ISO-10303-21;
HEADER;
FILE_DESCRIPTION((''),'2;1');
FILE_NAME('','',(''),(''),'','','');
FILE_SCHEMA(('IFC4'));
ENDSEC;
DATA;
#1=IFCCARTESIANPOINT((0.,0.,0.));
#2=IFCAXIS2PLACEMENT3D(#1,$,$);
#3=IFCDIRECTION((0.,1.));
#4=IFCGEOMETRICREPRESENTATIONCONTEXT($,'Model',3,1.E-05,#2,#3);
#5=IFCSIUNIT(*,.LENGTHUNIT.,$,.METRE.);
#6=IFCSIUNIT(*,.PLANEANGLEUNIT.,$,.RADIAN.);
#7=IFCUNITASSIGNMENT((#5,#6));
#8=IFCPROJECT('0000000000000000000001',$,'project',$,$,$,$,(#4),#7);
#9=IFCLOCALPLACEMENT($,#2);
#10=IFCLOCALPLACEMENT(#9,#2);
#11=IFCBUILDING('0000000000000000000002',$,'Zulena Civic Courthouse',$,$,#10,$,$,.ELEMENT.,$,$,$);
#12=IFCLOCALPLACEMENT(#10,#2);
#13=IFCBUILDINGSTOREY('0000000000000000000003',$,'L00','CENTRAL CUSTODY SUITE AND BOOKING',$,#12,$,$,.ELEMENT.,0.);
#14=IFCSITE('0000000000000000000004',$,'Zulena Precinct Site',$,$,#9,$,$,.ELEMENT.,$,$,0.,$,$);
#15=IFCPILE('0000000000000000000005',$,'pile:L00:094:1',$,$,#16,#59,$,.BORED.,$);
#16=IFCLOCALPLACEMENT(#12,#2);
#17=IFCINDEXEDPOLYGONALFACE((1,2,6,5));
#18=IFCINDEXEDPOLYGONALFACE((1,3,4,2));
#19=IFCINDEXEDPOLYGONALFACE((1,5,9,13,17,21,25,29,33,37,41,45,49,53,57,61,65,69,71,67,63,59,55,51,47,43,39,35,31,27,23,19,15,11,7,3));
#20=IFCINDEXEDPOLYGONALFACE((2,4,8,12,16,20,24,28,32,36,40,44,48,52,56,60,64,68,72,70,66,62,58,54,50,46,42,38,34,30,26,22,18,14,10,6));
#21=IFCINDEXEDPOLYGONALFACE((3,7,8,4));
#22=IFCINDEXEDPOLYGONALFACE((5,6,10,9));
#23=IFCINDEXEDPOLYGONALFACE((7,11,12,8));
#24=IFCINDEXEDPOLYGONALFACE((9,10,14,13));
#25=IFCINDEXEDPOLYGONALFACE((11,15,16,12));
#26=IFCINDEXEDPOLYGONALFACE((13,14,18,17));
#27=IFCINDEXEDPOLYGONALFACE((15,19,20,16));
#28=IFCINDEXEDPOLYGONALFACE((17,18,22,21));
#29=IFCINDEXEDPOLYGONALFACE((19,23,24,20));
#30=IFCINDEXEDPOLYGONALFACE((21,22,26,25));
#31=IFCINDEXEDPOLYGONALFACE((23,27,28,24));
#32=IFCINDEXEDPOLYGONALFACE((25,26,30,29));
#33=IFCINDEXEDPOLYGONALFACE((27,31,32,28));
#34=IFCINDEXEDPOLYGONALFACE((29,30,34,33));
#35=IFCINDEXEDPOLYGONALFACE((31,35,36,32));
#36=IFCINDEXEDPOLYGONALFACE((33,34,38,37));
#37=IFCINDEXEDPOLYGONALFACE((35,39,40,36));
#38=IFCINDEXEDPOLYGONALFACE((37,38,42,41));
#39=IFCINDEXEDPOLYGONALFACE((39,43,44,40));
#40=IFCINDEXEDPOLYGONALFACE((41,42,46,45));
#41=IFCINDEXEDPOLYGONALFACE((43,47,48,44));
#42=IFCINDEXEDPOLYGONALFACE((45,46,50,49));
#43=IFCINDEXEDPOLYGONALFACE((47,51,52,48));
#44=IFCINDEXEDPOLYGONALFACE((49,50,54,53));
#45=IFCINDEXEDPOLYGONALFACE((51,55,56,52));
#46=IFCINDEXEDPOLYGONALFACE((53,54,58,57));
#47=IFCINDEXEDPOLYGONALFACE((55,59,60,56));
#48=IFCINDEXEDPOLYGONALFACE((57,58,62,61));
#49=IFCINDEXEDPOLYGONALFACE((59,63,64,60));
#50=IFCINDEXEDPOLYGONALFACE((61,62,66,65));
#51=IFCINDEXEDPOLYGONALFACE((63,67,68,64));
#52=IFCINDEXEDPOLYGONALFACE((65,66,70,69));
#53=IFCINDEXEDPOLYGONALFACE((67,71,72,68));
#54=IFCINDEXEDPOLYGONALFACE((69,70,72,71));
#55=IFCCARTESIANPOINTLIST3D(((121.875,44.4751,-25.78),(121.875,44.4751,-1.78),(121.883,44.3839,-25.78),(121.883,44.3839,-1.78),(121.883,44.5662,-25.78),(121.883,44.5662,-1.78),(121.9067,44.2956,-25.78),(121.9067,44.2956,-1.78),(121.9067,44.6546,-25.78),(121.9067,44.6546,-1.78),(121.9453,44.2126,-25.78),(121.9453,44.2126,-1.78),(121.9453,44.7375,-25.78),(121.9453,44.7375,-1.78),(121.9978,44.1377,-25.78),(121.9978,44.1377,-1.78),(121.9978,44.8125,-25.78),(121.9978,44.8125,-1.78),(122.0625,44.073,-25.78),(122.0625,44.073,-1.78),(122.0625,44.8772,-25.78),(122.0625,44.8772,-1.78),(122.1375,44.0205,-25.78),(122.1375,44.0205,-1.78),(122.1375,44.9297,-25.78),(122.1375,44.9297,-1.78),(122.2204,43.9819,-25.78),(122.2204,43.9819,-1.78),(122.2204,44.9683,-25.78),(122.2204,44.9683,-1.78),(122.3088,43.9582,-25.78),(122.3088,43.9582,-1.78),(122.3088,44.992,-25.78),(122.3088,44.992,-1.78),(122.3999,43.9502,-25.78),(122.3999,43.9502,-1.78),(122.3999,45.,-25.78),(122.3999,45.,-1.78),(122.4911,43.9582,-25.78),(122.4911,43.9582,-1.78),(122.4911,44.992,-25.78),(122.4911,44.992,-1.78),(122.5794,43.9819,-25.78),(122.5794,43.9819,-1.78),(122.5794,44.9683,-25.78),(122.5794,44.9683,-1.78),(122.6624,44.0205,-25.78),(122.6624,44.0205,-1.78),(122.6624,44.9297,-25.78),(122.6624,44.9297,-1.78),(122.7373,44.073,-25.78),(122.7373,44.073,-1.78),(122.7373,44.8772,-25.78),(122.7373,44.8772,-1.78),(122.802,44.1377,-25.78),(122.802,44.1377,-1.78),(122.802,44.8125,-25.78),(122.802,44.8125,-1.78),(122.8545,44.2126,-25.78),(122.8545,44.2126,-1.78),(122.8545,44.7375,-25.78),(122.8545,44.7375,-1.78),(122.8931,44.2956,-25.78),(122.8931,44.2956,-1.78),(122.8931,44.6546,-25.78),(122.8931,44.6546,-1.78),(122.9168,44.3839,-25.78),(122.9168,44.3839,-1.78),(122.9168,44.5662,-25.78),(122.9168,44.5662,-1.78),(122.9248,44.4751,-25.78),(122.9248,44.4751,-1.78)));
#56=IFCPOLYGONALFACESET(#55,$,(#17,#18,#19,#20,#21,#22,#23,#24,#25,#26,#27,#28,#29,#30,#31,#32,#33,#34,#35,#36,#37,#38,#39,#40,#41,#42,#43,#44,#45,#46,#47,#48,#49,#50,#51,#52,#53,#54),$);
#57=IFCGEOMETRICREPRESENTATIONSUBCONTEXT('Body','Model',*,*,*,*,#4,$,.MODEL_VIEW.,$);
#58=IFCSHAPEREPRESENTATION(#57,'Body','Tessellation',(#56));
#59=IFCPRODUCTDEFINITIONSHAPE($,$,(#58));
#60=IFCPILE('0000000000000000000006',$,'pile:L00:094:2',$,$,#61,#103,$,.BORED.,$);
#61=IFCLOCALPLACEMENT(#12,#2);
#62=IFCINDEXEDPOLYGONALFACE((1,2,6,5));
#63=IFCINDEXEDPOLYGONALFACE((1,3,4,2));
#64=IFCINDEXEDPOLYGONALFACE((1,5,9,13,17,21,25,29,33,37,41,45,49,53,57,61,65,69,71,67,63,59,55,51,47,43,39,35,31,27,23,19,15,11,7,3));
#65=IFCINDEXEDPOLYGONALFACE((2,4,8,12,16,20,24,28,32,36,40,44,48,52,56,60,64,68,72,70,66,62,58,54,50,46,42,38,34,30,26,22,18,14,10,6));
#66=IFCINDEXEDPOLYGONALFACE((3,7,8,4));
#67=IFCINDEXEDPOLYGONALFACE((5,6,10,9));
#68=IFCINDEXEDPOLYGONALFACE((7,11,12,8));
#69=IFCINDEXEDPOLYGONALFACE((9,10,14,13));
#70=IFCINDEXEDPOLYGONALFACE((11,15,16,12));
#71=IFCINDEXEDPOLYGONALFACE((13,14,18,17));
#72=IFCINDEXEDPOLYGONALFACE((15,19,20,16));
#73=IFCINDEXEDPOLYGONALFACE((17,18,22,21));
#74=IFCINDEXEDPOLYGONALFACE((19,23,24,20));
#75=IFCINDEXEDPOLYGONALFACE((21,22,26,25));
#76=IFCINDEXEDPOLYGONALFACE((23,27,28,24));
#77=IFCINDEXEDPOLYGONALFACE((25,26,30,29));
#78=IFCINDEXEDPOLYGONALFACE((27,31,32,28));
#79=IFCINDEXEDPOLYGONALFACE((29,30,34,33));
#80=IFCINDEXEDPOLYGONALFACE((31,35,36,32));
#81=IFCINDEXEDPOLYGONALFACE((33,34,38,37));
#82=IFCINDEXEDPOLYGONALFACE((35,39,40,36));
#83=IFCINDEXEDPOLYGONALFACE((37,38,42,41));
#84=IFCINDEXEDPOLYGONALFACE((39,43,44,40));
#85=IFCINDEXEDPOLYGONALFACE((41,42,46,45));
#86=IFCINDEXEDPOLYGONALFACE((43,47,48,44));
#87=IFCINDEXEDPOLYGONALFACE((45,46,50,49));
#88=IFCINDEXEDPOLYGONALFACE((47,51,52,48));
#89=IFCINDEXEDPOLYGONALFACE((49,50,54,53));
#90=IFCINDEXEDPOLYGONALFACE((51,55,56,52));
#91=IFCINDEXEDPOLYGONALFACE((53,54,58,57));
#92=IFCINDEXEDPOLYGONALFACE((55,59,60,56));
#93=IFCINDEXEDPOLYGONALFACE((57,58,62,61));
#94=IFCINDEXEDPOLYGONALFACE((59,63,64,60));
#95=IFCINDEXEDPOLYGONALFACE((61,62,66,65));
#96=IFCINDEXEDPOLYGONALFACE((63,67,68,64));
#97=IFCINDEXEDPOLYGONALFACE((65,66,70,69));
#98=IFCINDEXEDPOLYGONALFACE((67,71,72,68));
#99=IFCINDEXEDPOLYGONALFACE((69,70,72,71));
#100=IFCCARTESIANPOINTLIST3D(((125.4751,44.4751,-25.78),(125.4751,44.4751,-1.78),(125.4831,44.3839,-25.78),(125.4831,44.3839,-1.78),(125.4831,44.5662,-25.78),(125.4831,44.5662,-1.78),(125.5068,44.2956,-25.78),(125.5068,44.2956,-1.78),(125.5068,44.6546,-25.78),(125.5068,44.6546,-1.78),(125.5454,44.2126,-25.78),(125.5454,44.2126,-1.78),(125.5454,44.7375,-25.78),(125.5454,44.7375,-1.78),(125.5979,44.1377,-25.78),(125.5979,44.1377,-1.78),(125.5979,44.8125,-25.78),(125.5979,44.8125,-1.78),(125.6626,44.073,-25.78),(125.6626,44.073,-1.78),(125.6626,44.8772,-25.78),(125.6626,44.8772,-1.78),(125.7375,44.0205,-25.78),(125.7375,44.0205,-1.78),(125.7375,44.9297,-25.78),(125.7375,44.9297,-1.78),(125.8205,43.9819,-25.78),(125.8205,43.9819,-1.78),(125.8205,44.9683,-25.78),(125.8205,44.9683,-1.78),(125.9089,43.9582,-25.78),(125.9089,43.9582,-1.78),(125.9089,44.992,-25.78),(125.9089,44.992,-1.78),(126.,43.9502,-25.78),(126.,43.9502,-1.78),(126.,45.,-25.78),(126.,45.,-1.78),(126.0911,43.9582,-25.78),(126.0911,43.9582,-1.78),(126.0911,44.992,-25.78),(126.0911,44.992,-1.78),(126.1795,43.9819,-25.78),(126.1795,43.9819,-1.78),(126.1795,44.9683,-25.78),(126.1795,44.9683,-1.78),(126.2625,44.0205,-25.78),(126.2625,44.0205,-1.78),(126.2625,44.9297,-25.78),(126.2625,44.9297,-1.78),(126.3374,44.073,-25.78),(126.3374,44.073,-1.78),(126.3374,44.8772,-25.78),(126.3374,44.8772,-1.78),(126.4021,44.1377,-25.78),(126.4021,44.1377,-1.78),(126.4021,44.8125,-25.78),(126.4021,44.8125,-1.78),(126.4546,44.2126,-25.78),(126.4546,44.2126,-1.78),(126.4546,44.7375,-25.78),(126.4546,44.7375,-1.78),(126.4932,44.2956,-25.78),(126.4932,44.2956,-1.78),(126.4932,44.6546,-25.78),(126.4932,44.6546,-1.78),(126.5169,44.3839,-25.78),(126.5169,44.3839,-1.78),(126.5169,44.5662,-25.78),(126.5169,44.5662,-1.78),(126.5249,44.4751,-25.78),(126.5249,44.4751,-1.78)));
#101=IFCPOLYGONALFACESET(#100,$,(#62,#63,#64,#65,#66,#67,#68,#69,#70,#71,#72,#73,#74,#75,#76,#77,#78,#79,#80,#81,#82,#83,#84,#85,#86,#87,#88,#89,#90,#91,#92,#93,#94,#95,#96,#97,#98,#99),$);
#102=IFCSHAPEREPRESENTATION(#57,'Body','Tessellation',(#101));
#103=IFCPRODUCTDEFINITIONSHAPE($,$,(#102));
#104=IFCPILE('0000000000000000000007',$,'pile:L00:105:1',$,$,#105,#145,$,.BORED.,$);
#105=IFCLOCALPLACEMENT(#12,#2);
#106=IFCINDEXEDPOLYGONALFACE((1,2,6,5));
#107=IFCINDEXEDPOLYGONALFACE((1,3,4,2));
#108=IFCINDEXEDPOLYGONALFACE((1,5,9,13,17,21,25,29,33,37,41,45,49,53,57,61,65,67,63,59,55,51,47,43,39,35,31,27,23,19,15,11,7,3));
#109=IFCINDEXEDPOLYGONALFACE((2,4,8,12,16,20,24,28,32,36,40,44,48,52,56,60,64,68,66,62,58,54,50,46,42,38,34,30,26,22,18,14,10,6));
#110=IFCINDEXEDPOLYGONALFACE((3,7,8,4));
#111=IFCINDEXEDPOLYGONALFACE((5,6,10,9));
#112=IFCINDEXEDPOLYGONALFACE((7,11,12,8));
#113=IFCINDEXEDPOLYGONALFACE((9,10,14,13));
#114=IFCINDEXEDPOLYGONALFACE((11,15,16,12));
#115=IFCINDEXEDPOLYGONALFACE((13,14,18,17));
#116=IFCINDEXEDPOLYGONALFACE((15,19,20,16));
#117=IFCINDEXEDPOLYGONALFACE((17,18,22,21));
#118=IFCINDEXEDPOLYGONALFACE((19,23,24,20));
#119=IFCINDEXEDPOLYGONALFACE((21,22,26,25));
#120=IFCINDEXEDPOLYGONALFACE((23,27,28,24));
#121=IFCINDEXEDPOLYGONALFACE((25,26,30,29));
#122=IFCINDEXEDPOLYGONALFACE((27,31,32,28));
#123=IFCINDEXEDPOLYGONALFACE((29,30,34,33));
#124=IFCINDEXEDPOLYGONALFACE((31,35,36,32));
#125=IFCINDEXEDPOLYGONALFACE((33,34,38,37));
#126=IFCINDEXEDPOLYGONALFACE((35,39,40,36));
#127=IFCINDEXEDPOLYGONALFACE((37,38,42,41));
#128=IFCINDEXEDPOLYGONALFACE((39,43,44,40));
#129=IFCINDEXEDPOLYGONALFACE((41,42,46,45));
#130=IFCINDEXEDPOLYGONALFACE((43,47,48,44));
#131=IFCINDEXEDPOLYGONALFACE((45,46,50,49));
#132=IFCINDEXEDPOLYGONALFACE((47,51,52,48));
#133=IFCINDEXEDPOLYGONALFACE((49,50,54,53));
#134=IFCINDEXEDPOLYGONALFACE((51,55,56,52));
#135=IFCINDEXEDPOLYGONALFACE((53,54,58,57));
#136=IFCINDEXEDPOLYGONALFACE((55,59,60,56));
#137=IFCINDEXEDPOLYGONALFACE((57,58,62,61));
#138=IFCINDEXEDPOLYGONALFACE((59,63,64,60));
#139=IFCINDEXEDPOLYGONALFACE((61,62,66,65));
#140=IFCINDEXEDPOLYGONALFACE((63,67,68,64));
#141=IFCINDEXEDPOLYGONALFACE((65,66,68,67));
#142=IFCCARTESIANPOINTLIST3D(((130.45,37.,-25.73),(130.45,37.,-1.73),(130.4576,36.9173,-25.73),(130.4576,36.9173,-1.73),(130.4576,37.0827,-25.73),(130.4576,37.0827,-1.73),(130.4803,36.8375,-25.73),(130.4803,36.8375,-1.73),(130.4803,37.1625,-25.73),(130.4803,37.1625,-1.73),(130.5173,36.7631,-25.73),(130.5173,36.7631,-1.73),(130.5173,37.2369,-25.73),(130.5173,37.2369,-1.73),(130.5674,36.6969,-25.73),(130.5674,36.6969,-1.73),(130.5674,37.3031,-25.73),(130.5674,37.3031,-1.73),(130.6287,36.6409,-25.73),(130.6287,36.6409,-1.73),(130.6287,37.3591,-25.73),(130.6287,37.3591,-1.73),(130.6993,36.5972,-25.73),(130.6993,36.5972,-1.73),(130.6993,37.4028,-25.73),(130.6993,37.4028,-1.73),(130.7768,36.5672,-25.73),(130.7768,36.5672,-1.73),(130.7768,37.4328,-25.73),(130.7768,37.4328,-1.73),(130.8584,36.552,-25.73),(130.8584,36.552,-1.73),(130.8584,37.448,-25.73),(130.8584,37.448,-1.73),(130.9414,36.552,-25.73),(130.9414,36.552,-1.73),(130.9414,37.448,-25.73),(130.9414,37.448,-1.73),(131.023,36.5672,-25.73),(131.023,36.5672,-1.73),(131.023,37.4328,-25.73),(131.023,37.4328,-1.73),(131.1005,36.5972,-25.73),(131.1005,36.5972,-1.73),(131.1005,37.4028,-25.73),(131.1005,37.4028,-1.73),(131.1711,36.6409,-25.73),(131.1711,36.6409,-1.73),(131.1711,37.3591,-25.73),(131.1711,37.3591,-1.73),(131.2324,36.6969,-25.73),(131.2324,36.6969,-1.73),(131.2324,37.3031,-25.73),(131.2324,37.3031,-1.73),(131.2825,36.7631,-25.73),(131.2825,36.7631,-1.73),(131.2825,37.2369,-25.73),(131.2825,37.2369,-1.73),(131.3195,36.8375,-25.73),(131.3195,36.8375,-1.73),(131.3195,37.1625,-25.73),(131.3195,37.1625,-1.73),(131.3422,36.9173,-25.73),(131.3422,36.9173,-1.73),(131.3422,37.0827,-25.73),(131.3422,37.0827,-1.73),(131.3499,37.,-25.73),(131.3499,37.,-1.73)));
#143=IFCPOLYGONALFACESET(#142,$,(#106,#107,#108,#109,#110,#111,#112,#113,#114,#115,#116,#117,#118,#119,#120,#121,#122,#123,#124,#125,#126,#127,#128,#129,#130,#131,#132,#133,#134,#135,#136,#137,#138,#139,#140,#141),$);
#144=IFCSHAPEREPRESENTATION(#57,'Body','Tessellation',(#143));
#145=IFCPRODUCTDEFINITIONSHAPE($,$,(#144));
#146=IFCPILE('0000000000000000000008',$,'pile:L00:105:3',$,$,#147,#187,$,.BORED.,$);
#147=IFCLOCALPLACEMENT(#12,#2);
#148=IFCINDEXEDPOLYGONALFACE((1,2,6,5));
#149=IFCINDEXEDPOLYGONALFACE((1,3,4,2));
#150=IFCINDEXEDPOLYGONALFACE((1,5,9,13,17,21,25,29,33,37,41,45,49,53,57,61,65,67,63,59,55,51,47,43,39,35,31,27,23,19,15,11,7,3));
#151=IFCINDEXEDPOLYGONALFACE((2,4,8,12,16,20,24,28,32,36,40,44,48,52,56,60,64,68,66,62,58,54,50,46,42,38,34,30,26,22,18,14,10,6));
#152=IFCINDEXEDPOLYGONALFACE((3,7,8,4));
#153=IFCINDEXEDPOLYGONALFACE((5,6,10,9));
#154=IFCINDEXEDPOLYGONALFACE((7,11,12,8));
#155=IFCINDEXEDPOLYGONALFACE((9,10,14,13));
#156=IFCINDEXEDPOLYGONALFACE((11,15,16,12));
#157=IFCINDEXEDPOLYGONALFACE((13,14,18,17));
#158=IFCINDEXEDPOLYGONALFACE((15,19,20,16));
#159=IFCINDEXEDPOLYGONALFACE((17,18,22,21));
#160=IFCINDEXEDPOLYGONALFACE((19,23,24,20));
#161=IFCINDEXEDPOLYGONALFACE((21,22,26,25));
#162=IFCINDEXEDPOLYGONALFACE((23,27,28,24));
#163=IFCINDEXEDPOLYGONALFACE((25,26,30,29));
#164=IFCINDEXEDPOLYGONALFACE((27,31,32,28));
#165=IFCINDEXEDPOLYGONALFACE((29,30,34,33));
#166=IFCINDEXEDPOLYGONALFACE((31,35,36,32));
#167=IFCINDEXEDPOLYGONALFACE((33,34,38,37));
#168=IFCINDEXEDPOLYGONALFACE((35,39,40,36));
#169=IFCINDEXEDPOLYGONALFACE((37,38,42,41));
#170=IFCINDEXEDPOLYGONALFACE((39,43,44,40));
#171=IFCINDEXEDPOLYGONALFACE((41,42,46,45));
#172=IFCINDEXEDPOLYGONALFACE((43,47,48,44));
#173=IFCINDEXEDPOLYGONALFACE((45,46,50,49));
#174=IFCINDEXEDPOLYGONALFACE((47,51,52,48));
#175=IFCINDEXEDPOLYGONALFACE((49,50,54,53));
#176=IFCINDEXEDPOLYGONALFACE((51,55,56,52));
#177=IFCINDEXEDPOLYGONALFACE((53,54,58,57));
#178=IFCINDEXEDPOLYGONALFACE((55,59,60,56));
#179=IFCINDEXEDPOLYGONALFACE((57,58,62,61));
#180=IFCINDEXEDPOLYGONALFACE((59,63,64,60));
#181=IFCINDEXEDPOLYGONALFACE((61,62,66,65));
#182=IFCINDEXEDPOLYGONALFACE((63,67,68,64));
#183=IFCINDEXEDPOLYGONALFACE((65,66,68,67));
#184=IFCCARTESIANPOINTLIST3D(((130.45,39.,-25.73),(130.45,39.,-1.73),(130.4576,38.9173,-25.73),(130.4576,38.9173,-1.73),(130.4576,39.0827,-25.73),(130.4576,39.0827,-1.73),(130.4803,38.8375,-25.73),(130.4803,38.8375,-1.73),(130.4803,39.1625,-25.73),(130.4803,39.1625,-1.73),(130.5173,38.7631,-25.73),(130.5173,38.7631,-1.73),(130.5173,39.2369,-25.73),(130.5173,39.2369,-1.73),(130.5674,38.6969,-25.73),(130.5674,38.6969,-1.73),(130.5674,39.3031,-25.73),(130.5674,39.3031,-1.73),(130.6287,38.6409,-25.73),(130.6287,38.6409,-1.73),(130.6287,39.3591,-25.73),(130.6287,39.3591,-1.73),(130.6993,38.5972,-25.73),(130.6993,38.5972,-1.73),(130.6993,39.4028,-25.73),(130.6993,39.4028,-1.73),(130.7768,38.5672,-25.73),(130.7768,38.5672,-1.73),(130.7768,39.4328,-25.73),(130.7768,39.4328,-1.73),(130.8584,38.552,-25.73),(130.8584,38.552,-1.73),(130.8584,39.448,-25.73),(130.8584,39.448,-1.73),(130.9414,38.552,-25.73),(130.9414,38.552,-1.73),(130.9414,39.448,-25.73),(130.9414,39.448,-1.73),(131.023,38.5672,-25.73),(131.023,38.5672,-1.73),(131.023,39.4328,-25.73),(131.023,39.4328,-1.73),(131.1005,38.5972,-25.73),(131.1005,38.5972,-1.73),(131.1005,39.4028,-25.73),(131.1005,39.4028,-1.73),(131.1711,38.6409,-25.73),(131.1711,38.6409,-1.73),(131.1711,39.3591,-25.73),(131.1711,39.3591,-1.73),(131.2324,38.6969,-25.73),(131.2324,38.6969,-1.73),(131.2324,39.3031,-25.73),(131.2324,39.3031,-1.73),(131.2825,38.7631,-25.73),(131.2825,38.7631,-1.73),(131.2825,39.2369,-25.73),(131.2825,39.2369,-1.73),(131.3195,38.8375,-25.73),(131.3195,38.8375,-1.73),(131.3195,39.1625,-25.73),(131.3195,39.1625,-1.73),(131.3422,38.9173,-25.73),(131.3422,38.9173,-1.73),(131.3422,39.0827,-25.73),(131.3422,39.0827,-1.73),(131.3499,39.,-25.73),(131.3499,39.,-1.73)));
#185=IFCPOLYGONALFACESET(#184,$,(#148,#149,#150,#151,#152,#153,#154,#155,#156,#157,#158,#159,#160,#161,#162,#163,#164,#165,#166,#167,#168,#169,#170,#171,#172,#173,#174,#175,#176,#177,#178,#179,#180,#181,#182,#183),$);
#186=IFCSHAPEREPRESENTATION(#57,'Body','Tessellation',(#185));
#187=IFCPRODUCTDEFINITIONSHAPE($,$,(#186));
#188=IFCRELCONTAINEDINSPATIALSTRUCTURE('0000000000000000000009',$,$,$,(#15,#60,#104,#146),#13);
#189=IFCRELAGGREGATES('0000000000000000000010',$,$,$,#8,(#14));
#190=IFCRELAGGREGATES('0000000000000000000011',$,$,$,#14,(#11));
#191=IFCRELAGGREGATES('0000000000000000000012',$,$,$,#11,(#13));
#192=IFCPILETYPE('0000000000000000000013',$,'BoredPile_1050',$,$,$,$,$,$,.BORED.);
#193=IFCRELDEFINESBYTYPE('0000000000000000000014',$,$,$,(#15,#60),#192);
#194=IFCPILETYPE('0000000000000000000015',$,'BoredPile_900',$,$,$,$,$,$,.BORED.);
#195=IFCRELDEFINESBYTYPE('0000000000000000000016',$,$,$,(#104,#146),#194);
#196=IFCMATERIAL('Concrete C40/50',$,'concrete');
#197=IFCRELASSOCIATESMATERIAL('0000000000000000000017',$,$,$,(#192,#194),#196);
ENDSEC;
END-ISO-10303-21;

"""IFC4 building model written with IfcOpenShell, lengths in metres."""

from ifc_helpers import new_model, si_unit, direction, frame, origin, origin_2d, place, context, subcontext, project, spatial, circle, extrude, material, material_profile, profile_set, type_object, element, save


model = new_model("IFC4")

# Units and contexts
model_context = context("Model", 3, precision=1e-05, world=origin(), true_north=direction((0.0, 1.0)))
body_context = subcontext(model_context, "Body", "Model", "MODEL_VIEW")
ifc_project = project(units=[si_unit("LENGTHUNIT", "METRE"), si_unit("PLANEANGLEUNIT", "RADIAN")], contexts=[model_context])

# Site, building, storey
site_placement = place(None, origin())
site = spatial("IfcSite", under=ifc_project, at=site_placement, Name="Zulena Precinct Site", CompositionType="ELEMENT", RefElevation=0.0)
building_placement = place(site_placement, origin())
building = spatial("IfcBuilding", under=site, at=building_placement, Name="Zulena Civic Courthouse", CompositionType="ELEMENT")
storey_placement = place(building_placement, origin())
storey = spatial("IfcBuildingStorey", under=building, at=storey_placement, Name="L00", Description="CENTRAL CUSTODY SUITE AND BOOKING", CompositionType="ELEMENT", Elevation=0.0)

# Piles
ifc_material_1 = material(Name="Concrete C40/50", Category="concrete")
ifc_material_profile_1 = material_profile(ifc_material_1, circle(Radius=0.5249, at=origin_2d()), Name="PILE1050")
ifc_profile_set_1 = profile_set([ifc_material_profile_1], Name="Concrete C40/50")
pile_type_1 = type_object("IfcPileType", Name="BoredPile_1050", PredefinedType="BORED", material=ifc_profile_set_1)
for number, where, z_axis, x_axis, name in (
    (1, (122.3999, 44.4751, -1.78), (0.0, 0.0, -1.0), (1.0, 0.0, 0.0), "pile:L00:094:1"),
    (2, (126.0, 44.4751, -1.78), (0.0, 0.0, -1.0), (1.0, 0.0, 0.0), "pile:L00:094:2"),
):
    element("IfcPile", number, at=place(storey_placement, frame(where, z_axis=z_axis, x_axis=x_axis)), inside=storey, type_object=pile_type_1, Name=name, PredefinedType="BORED", context=body_context, shape_type="SweptSolid", body=[
        extrude(circle(Radius=0.5249, at=origin_2d()), origin(), (0.0, 0.0, 1.0), 24.0),
    ])
ifc_material_profile_2 = material_profile(ifc_material_1, circle(Radius=0.45, at=origin_2d()), Name="PILE900")
ifc_profile_set_2 = profile_set([ifc_material_profile_2], Name="Concrete C40/50")
pile_type_2 = type_object("IfcPileType", Name="BoredPile_900", PredefinedType="BORED", material=ifc_profile_set_2)
for number, where, z_axis, x_axis, name in (
    (3, (130.8999, 37.0, -1.73), (0.0, 0.0, -1.0), (1.0, 0.0, 0.0), "pile:L00:105:1"),
    (4, (130.8999, 39.0, -1.73), (0.0, 0.0, -1.0), (1.0, 0.0, 0.0), "pile:L00:105:3"),
):
    element("IfcPile", number, at=place(storey_placement, frame(where, z_axis=z_axis, x_axis=x_axis)), inside=storey, type_object=pile_type_2, Name=name, PredefinedType="BORED", context=body_context, shape_type="SweptSolid", body=[
        extrude(circle(Radius=0.45, at=origin_2d()), origin(), (0.0, 0.0, 1.0), 24.0),
    ])

save(model, "model.ifc")
